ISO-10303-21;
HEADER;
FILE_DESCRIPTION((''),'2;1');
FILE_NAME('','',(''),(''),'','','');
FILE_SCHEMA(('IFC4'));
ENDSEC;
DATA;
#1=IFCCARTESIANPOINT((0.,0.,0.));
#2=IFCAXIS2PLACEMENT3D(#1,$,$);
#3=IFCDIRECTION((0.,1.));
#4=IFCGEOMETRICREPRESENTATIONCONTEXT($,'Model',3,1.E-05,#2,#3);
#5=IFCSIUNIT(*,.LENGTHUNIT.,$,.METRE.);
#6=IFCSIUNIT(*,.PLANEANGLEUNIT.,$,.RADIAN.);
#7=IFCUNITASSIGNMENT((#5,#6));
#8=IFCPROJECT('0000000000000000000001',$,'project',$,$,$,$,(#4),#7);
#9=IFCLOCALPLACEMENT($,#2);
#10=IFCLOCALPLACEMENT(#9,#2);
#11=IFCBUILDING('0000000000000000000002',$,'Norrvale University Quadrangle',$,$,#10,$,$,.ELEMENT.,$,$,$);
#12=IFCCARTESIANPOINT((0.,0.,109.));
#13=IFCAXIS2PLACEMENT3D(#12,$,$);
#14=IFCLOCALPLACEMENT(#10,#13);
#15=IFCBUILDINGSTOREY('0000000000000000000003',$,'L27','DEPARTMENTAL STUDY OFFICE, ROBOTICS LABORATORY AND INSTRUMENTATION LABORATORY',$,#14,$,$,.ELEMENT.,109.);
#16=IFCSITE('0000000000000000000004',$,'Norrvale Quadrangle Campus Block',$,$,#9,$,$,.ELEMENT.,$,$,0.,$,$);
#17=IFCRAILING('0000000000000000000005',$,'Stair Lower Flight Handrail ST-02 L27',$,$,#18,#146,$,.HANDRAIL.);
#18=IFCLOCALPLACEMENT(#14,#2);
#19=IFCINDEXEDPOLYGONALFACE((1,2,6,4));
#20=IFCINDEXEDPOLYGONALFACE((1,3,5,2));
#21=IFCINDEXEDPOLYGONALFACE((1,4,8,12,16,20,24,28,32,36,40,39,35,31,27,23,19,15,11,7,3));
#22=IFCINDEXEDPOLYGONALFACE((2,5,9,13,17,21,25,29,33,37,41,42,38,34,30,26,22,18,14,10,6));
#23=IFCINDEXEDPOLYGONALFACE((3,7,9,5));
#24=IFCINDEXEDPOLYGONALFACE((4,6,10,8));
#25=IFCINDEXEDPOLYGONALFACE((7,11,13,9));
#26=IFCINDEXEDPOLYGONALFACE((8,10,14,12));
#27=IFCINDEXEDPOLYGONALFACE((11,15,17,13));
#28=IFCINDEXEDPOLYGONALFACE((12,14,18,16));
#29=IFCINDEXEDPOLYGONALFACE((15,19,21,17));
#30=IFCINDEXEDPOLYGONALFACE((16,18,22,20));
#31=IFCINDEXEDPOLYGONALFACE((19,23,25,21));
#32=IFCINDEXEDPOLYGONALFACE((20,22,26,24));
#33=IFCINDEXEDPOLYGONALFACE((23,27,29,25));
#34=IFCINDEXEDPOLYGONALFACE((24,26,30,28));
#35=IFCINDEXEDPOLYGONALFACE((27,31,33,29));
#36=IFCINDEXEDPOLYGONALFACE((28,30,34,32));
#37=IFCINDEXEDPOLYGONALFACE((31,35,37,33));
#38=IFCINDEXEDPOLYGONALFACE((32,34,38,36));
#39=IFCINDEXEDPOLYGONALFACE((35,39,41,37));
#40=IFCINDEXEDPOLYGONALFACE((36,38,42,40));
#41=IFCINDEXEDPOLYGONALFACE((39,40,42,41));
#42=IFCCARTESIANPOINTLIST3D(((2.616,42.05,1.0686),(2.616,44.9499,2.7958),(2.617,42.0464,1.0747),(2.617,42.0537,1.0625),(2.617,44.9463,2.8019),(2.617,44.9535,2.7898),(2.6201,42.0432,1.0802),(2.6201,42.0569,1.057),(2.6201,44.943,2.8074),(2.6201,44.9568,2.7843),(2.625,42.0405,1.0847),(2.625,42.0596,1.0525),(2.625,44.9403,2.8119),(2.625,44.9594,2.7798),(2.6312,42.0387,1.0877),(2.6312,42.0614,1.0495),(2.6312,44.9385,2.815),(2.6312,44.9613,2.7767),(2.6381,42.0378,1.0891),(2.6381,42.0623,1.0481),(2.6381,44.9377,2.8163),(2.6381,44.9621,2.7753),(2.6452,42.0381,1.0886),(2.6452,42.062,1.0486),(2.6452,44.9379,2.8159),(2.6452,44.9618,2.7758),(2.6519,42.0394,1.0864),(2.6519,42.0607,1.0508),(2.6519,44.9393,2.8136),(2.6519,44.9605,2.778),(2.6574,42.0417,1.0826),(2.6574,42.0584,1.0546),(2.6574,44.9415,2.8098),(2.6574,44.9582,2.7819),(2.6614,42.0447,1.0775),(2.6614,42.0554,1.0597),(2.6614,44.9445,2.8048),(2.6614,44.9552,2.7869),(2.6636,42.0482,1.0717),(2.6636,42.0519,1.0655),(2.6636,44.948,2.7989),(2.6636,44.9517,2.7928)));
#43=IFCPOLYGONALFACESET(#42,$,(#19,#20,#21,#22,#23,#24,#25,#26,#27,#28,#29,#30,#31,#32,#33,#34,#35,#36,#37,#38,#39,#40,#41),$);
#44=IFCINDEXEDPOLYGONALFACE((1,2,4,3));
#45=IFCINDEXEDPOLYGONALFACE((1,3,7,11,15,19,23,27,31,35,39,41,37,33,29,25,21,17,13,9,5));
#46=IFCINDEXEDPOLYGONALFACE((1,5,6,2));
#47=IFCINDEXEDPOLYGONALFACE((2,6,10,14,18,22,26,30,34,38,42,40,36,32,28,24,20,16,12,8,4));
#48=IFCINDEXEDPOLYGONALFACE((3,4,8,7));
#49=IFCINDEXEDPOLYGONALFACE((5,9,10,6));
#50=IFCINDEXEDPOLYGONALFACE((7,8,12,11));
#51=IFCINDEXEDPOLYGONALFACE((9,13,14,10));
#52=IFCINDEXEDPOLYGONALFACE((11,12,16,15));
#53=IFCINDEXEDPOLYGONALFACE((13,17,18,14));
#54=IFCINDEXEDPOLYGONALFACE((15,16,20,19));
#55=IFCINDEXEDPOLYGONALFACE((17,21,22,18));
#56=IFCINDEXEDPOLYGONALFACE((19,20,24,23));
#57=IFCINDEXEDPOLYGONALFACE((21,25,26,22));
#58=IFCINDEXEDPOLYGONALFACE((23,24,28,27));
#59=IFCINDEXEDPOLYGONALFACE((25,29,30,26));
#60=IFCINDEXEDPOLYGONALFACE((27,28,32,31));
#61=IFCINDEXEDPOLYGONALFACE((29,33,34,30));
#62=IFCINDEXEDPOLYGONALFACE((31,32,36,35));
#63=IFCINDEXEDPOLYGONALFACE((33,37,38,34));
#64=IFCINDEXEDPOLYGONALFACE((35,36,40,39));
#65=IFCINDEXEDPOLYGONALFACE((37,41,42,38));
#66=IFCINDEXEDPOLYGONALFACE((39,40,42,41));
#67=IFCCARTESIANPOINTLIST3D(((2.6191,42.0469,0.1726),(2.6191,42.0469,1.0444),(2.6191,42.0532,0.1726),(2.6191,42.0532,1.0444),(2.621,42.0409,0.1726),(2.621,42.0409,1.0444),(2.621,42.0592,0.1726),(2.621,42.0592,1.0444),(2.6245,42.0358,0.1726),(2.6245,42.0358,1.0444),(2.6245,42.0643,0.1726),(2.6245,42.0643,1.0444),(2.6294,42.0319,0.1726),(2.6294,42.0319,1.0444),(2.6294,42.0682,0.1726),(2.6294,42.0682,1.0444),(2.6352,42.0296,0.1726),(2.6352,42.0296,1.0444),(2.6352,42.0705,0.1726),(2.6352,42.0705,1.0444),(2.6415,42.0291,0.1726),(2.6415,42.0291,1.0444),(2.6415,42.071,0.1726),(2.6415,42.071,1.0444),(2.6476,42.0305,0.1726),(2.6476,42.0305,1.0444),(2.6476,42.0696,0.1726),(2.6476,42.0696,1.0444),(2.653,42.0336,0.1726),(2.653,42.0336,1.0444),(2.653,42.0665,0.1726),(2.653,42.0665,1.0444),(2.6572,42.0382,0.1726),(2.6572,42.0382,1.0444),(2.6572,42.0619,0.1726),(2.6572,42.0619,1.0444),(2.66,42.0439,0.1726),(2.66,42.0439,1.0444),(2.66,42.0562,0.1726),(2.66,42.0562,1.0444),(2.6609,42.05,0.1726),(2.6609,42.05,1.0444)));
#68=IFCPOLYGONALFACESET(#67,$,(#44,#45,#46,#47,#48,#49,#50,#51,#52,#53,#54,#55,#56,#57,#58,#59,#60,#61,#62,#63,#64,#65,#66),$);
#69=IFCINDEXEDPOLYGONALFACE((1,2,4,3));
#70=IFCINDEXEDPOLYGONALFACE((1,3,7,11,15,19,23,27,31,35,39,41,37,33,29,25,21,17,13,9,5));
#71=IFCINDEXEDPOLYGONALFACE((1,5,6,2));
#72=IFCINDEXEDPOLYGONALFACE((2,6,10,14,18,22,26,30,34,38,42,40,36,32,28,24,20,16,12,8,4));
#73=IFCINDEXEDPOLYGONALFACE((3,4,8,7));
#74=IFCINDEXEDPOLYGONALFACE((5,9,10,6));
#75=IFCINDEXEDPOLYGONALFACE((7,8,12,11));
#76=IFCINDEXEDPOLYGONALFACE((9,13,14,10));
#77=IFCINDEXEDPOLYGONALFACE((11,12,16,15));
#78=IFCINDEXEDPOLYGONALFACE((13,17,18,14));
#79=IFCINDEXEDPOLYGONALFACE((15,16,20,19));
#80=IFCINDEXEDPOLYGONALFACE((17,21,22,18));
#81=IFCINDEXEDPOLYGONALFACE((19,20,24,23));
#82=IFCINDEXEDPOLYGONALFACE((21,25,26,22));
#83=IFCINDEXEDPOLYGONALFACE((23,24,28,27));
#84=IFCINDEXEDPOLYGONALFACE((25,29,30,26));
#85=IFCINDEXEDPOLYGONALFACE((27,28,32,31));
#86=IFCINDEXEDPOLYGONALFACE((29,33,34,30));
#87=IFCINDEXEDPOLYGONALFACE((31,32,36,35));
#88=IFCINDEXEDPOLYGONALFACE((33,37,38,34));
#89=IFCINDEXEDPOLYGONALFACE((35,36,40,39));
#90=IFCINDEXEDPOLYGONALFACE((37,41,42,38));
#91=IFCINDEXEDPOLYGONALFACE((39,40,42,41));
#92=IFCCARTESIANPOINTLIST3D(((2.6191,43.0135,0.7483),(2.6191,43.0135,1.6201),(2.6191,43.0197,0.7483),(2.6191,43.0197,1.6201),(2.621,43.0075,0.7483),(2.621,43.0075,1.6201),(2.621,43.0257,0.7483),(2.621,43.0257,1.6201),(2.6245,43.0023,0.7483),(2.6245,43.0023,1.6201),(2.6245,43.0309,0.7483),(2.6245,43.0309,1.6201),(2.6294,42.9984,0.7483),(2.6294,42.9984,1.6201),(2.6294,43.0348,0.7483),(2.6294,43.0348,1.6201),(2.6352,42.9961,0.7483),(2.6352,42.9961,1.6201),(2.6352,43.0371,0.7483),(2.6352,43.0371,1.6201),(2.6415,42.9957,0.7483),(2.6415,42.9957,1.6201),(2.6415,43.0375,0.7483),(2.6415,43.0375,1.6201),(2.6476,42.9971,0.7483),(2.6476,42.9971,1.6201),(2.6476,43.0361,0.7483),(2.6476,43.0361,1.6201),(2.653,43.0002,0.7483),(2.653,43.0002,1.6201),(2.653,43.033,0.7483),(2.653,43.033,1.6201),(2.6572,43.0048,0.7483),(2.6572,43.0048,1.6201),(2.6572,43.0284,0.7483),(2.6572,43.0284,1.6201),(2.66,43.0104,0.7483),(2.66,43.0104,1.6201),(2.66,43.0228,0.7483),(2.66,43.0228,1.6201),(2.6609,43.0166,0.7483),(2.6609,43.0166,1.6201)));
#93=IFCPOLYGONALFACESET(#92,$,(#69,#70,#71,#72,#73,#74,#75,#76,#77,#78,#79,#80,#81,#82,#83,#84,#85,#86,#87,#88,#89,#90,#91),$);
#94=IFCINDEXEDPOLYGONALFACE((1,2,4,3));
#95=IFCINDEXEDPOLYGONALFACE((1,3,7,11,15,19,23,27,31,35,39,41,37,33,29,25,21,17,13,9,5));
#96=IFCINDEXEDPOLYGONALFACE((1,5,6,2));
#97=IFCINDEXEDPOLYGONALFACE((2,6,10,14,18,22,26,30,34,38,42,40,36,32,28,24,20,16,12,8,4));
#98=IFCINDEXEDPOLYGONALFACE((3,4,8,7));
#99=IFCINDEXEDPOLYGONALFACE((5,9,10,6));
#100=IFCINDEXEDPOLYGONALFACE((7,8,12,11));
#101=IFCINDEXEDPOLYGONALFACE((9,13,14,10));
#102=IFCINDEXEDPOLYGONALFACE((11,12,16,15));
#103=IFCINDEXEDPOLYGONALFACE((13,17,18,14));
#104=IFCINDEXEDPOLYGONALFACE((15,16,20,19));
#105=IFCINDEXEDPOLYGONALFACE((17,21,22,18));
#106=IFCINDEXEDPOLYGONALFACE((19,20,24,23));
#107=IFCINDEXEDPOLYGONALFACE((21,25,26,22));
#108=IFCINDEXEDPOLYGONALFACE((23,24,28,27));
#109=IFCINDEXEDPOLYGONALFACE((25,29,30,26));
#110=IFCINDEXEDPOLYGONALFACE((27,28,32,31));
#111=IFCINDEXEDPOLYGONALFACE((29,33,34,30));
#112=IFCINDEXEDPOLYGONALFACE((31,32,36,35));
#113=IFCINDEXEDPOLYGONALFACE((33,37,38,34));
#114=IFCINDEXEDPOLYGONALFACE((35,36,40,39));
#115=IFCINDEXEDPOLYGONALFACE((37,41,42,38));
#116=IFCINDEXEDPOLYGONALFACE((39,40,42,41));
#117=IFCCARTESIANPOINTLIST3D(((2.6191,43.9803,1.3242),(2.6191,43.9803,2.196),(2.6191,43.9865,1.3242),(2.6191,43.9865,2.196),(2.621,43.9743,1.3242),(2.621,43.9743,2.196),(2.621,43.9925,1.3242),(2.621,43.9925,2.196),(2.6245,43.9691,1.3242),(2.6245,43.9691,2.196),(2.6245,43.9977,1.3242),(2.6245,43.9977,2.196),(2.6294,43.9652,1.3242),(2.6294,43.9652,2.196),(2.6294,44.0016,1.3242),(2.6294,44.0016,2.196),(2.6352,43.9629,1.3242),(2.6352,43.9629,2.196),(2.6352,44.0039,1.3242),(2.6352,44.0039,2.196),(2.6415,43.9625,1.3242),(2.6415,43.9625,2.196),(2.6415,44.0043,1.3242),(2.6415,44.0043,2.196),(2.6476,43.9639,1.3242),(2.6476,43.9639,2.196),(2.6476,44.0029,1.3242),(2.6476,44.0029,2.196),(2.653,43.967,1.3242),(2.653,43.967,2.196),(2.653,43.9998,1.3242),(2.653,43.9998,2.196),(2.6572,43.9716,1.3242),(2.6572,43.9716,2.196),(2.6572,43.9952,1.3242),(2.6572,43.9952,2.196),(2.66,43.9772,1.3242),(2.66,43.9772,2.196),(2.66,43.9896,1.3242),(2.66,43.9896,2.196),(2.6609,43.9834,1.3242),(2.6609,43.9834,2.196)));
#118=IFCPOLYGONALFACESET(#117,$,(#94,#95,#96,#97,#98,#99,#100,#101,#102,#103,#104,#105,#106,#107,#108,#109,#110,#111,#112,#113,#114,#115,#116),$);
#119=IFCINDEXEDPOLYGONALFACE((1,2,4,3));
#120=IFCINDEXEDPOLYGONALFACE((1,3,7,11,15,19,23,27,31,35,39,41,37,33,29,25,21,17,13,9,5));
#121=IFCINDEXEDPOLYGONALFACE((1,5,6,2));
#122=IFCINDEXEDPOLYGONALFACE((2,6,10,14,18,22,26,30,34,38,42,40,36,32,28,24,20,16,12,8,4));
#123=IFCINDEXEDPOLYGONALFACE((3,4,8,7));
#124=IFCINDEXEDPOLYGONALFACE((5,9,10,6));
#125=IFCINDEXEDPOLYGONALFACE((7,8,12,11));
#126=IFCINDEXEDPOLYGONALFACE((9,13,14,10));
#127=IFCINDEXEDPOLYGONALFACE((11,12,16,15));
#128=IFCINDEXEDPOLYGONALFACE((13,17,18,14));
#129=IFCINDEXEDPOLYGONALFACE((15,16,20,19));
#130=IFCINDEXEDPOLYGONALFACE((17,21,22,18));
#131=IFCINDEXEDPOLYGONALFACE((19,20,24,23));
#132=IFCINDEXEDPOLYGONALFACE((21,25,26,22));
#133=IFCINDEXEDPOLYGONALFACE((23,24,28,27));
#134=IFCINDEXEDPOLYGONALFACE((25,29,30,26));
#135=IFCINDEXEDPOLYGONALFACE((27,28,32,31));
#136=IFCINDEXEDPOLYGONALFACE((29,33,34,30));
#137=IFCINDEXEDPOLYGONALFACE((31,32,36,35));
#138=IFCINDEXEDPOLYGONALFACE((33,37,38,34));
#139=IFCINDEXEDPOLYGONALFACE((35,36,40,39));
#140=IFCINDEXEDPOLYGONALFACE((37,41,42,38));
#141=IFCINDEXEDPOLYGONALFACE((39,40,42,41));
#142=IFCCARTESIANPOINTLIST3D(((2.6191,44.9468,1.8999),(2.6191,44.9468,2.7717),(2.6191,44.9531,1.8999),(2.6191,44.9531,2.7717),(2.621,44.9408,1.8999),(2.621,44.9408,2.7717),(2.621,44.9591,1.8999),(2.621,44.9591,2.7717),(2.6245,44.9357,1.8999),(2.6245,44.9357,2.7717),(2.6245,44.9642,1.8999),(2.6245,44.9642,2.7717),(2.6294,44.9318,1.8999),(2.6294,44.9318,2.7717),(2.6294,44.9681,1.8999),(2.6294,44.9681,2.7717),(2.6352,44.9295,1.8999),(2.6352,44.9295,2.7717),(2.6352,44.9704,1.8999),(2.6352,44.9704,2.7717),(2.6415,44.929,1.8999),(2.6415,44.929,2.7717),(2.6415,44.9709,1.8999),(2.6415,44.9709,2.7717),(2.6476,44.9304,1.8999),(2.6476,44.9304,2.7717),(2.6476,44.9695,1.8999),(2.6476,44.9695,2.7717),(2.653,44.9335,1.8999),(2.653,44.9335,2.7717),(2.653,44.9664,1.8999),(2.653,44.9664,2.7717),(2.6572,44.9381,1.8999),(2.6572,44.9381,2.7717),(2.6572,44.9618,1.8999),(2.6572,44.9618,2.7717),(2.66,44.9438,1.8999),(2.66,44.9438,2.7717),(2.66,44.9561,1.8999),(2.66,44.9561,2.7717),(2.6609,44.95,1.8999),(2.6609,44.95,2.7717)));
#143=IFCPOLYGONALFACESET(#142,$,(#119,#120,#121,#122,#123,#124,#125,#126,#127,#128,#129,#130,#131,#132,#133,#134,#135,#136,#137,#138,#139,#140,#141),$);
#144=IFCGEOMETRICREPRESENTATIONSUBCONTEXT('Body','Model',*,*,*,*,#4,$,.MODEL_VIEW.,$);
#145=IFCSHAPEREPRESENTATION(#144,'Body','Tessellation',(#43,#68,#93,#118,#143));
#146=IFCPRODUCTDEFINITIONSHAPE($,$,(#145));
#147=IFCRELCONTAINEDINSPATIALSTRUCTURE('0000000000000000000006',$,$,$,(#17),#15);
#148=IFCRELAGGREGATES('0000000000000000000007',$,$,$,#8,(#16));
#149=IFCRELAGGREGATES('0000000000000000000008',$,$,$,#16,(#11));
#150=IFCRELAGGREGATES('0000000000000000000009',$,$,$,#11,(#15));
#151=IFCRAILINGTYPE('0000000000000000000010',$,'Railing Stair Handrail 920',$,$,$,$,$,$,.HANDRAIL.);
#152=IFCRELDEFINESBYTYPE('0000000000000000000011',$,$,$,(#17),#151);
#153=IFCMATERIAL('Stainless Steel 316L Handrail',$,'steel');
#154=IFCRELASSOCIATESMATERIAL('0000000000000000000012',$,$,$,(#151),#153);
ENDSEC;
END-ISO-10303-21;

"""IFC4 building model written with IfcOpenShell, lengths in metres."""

from ifc_helpers import new_model, si_unit, direction, frame, origin, origin_2d, place, context, subcontext, project, spatial, circle, extrude, material, type_object, element, save


model = new_model("IFC4")

# Units and contexts
model_context = context("Model", 3, precision=1e-05, world=origin(), true_north=direction((0.0, 1.0)))
body_context = subcontext(model_context, "Body", "Model", "MODEL_VIEW")
ifc_project = project(units=[si_unit("LENGTHUNIT", "METRE"), si_unit("PLANEANGLEUNIT", "RADIAN")], contexts=[model_context])

# Site, building, storey
site_placement = place(None, origin())
site = spatial("IfcSite", under=ifc_project, at=site_placement, Name="Norrvale Quadrangle Campus Block", CompositionType="ELEMENT", RefElevation=0.0)
building_placement = place(site_placement, origin())
building = spatial("IfcBuilding", under=site, at=building_placement, Name="Norrvale University Quadrangle", CompositionType="ELEMENT")
storey_placement = place(building_placement, frame((0.0, 0.0, 109.0)))
storey = spatial("IfcBuildingStorey", under=building, at=storey_placement, Name="L27", Description="DEPARTMENTAL STUDY OFFICE, ROBOTICS LABORATORY AND INSTRUMENTATION LABORATORY", CompositionType="ELEMENT", Elevation=109.0)

# Railing
ifc_material_1 = material(Name="Stainless Steel 316L Handrail", Category="steel")
railing_type_1 = type_object("IfcRailingType", Name="Railing Stair Handrail 920", PredefinedType="HANDRAIL", material=ifc_material_1)
railing_1_placement = place(storey_placement, frame((2.6399, 42.05, 0.1726)))
element("IfcRailing", 1, at=railing_1_placement, inside=storey, type_object=railing_type_1, Name="Stair Lower Flight Handrail ST-02 L27", PredefinedType="HANDRAIL", context=body_context, shape_type="SweptSolid", body=[
    extrude(circle(Radius=0.0239, at=origin_2d()), frame((0.0, 0.0, 0.896), z_axis=(0.0, 0.859141, 0.511738), x_axis=(-1.0, 0.0, 0.0)), (0.0, 0.0, 1.0), 3.3752),
    extrude(circle(Radius=0.021, at=origin_2d()), origin(), (0.0, 0.0, 1.0), 0.8718),
    extrude(circle(Radius=0.021, at=origin_2d()), frame((0.0, 0.9666, 0.5757)), (0.0, 0.0, 1.0), 0.8718),
    extrude(circle(Radius=0.021, at=origin_2d()), frame((0.0, 1.9333, 1.1516)), (0.0, 0.0, 1.0), 0.8718),
    extrude(circle(Radius=0.021, at=origin_2d()), frame((0.0, 2.8999, 1.7273)), (0.0, 0.0, 1.0), 0.8718),
])

save(model, "model.ifc")
